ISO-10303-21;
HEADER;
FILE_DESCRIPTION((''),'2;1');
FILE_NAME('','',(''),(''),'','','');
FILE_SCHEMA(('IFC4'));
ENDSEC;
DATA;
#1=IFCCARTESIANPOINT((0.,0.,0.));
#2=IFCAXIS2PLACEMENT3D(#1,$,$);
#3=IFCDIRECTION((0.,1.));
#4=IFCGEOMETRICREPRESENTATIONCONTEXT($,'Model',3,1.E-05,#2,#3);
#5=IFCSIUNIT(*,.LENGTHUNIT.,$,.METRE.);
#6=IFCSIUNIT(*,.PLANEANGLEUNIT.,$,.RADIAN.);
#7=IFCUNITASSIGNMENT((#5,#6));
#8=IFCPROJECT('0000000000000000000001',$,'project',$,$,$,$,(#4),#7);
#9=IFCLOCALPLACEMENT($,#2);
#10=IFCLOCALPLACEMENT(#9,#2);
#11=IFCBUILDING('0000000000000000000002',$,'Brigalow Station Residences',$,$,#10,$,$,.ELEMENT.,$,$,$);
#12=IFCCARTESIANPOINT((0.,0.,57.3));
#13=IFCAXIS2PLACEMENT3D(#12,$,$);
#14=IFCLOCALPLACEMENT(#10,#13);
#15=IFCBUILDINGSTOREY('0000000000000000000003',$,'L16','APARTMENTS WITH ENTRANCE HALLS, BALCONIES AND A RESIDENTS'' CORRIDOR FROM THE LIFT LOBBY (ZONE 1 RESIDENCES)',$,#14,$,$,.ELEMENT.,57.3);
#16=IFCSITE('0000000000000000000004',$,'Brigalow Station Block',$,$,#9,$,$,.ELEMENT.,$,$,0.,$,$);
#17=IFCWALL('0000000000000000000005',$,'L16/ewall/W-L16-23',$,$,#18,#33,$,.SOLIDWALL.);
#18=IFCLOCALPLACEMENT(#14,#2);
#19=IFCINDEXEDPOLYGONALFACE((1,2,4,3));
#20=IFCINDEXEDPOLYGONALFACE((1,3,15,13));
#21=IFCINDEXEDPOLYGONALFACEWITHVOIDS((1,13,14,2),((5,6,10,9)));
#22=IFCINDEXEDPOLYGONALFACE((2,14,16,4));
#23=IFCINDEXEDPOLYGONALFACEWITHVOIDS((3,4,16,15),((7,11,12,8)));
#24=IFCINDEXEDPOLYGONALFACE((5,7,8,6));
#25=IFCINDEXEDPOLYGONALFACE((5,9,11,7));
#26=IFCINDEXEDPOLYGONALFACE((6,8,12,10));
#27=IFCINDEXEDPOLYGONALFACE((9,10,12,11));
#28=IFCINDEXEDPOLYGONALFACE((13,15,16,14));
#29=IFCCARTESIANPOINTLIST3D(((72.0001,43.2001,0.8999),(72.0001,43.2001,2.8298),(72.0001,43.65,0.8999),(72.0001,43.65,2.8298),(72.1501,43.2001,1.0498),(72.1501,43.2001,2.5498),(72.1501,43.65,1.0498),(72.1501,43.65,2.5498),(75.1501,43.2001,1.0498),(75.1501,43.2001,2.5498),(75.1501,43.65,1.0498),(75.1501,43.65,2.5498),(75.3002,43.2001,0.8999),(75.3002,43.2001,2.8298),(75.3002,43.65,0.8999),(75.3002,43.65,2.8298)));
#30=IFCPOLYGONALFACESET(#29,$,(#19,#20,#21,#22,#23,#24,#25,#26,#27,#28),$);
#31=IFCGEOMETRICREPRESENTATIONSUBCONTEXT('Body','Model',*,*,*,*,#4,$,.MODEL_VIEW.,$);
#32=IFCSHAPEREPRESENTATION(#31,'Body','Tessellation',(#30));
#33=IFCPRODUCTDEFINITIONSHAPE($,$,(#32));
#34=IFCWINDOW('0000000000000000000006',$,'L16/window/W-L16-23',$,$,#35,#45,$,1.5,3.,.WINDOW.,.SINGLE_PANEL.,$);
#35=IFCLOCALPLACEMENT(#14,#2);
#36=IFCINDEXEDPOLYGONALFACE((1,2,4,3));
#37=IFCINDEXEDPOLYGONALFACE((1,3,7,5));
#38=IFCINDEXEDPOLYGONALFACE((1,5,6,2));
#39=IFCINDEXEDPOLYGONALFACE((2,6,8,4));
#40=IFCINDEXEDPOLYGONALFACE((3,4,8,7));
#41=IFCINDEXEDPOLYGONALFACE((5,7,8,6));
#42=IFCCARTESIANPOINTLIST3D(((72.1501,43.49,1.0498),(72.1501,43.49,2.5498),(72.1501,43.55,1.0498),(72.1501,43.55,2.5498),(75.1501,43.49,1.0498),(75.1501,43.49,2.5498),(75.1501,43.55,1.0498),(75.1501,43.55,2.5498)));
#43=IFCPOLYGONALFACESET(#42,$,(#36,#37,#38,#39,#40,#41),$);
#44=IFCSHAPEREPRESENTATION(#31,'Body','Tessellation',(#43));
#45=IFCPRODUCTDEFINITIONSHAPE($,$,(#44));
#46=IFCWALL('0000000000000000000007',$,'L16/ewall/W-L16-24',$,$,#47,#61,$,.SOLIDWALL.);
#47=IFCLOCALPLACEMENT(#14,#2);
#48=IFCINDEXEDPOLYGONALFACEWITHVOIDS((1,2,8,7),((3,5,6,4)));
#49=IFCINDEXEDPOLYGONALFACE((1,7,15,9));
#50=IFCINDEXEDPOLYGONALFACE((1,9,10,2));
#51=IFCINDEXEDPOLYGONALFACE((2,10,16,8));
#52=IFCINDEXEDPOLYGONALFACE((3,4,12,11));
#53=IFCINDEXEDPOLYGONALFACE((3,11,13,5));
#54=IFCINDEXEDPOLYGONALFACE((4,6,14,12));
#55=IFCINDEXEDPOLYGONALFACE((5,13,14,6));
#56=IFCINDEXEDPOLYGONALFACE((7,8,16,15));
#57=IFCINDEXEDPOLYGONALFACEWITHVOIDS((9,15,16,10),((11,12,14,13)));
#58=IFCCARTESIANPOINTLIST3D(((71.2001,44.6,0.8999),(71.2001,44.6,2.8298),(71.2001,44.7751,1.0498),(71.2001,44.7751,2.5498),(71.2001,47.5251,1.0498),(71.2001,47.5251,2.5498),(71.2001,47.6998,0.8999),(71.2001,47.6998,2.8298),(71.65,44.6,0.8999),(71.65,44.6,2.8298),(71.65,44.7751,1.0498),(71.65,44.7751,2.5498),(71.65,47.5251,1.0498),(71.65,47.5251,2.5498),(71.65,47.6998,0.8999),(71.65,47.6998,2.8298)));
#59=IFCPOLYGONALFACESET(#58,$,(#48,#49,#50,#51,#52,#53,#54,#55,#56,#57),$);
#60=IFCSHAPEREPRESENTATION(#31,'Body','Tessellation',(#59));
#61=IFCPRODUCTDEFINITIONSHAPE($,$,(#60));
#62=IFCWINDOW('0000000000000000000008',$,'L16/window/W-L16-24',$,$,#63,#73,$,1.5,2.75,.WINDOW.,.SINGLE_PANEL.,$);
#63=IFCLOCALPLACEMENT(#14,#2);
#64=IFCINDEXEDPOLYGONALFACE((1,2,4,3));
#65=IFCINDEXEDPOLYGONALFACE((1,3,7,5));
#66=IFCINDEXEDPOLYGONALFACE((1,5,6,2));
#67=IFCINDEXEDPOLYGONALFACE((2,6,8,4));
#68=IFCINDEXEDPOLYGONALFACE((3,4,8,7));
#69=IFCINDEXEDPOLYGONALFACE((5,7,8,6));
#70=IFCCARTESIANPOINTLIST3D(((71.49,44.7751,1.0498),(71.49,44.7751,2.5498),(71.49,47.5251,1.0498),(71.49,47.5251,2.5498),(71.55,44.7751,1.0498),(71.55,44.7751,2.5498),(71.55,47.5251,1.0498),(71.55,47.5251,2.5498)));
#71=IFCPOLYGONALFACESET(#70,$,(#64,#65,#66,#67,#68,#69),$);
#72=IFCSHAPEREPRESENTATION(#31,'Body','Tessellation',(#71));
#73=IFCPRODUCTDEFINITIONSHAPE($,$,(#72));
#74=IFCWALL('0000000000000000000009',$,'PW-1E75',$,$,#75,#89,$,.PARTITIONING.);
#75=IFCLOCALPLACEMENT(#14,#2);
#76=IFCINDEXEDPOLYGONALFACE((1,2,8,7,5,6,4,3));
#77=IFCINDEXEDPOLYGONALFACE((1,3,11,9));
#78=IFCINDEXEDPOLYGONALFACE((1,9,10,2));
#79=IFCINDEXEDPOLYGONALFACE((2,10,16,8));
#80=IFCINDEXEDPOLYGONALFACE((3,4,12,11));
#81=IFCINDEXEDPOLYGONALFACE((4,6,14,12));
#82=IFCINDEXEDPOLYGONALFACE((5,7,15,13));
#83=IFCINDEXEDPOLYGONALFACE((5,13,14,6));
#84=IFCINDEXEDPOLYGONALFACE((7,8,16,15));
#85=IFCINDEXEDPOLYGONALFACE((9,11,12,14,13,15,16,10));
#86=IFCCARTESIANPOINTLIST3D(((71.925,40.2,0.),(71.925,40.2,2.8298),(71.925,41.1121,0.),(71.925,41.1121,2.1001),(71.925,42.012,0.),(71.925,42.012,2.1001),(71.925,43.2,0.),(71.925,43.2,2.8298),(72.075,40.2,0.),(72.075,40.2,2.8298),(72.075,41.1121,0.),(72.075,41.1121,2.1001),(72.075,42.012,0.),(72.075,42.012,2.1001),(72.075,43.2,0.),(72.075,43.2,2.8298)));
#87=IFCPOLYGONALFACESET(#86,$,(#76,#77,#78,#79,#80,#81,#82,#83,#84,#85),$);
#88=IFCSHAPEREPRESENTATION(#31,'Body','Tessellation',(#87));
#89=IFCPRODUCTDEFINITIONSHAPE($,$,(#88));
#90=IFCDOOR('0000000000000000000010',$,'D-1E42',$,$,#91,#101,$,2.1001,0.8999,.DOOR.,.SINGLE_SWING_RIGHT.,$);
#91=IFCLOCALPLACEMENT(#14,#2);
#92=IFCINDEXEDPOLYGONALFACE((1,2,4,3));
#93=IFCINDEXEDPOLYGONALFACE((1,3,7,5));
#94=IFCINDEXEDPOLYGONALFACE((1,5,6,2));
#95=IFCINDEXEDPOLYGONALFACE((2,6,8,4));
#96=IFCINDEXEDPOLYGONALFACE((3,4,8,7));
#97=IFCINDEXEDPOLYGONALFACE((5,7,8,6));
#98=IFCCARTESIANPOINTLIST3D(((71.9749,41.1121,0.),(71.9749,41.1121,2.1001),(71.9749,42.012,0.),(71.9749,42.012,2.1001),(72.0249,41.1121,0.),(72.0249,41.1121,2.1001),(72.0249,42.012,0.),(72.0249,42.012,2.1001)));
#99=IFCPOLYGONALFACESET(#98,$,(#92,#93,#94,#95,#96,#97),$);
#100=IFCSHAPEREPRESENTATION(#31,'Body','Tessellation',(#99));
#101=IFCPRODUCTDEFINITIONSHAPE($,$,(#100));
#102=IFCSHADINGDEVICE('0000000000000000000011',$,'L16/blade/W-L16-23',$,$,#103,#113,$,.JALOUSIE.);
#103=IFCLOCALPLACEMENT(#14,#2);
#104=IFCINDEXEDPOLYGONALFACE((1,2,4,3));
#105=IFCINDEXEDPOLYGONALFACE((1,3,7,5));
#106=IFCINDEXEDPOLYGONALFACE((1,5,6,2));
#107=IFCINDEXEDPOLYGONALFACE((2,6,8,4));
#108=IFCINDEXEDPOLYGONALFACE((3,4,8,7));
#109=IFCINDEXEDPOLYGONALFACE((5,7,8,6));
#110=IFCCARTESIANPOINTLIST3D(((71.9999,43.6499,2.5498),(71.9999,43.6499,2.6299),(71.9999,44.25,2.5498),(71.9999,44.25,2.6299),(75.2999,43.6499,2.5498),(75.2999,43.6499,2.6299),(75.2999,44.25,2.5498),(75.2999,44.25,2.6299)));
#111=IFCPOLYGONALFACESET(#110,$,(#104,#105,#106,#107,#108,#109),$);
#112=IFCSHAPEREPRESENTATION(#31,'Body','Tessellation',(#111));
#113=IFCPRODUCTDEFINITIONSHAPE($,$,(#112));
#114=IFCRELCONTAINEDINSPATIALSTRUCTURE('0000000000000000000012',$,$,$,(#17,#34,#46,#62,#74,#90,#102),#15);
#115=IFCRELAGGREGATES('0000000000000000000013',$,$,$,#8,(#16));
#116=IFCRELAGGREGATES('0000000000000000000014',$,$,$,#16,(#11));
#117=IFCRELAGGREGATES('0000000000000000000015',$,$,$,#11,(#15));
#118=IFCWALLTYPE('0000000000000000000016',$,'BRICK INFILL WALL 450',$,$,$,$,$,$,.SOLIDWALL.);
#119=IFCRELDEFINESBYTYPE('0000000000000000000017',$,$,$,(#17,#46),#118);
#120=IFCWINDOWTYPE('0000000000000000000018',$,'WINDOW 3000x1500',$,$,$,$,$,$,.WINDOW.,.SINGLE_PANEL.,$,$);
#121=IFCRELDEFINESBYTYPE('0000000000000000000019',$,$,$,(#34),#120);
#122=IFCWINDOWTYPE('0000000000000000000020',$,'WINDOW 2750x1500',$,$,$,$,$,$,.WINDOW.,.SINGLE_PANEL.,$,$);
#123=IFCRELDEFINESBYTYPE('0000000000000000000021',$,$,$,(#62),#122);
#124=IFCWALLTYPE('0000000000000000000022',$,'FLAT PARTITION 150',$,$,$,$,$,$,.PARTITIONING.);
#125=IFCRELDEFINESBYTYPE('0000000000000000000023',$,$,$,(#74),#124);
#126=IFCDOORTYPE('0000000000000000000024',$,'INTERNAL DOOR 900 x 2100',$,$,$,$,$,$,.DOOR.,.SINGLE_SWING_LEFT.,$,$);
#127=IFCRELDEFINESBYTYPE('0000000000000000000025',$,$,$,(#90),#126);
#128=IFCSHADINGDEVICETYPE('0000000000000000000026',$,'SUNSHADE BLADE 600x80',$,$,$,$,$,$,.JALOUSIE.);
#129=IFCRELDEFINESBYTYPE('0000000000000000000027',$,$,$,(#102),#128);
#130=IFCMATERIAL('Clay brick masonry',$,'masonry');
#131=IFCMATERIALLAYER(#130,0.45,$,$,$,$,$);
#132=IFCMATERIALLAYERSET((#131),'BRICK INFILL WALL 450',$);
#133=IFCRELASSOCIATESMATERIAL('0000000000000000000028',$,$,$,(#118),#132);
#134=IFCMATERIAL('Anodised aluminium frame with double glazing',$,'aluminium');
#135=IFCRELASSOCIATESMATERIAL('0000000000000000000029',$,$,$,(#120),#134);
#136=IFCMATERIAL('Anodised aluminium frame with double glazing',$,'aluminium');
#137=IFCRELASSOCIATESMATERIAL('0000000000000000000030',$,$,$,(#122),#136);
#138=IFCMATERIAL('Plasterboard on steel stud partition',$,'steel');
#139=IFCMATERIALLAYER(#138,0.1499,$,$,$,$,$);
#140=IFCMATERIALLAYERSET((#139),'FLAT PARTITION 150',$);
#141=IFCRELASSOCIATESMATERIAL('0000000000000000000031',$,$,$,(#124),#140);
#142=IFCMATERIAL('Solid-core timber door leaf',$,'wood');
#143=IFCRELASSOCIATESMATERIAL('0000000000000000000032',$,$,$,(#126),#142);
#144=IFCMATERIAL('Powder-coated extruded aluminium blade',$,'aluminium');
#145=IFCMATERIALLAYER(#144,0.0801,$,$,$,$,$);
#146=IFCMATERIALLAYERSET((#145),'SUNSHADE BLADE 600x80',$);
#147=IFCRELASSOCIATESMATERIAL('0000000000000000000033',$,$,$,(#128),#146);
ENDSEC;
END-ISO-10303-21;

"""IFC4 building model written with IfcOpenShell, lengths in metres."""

from ifc_helpers import new_model, si_unit, direction, frame, frame_2d, origin, origin_2d, place, context, subcontext, project, spatial, rectangle, extrude, material, layer, layer_set, type_object, element, fill, save


model = new_model("IFC4")

# Units and contexts
model_context = context("Model", 3, precision=1e-05, world=origin(), true_north=direction((0.0, 1.0)))
body_context = subcontext(model_context, "Body", "Model", "MODEL_VIEW")
ifc_project = project(units=[si_unit("LENGTHUNIT", "METRE"), si_unit("PLANEANGLEUNIT", "RADIAN")], contexts=[model_context])

# Site, building, storey
site_placement = place(None, origin())
site = spatial("IfcSite", under=ifc_project, at=site_placement, Name="Brigalow Station Block", CompositionType="ELEMENT", RefElevation=0.0)
building_placement = place(site_placement, origin())
building = spatial("IfcBuilding", under=site, at=building_placement, Name="Brigalow Station Residences", CompositionType="ELEMENT")
storey_placement = place(building_placement, frame((0.0, 0.0, 57.3)))
storey = spatial("IfcBuildingStorey", under=building, at=storey_placement, Name="L16", Description="APARTMENTS WITH ENTRANCE HALLS, BALCONIES AND A RESIDENTS' CORRIDOR FROM THE LIFT LOBBY (ZONE 1 RESIDENCES)", CompositionType="ELEMENT", Elevation=57.3)

# Walls, openings, windows
ifc_material_1 = material(Name="Clay brick masonry", Category="masonry")
ifc_layer_1 = layer(ifc_material_1, 0.45)
ifc_layer_set_1 = layer_set([ifc_layer_1], Name="BRICK INFILL WALL 450")
wall_type_1 = type_object("IfcWallType", Name="BRICK INFILL WALL 450", PredefinedType="SOLIDWALL", material=ifc_layer_set_1)
wall_1_placement = place(storey_placement, frame((75.3, 43.425, 0.8999), z_axis=(0.0, 0.0, 1.0), x_axis=(-1.0, 0.0, 0.0)))
wall_1 = element("IfcWall", 1, at=wall_1_placement, inside=storey, type_object=wall_type_1, Name="L16/ewall/W-L16-23", PredefinedType="SOLIDWALL", context=body_context, shape_type="SweptSolid", body=[
    extrude(rectangle(XDim=3.3, YDim=0.45, at=frame_2d((1.6499, 0.0))), origin(), (0.0, 0.0, 1.0), 1.9299),
])
opening_1_placement = place(wall_1_placement, frame((0.1499, 0.0, 0.1499)))
opening_1 = element("IfcOpeningElement", 2, at=opening_1_placement, cuts=wall_1, PredefinedType="OPENING", context=body_context, shape_type="SweptSolid", body=[
    extrude(rectangle(XDim=3.0, YDim=1.5, at=frame_2d((1.5, 0.75))), frame((0.0, 0.2349, 0.0), z_axis=(0.0, -1.0, 0.0), x_axis=(1.0, 0.0, 0.0)), (0.0, 0.0, 1.0), 0.47),
])
ifc_material_2 = material(Name="Anodised aluminium frame with double glazing", Category="aluminium")
window_type_1 = type_object("IfcWindowType", Name="WINDOW 3000x1500", PartitioningType="SINGLE_PANEL", PredefinedType="WINDOW", material=ifc_material_2)
window_1_placement = place(opening_1_placement, origin())
window_1 = element("IfcWindow", 3, at=window_1_placement, inside=storey, type_object=window_type_1, Name="L16/window/W-L16-23", OverallHeight=1.5, OverallWidth=3.0, PartitioningType="SINGLE_PANEL", PredefinedType="WINDOW", context=body_context, shape_type="SweptSolid", body=[
    extrude(rectangle(XDim=3.0, YDim=1.5, at=frame_2d((1.5, 0.75))), frame((0.0, -0.0649, 0.0), z_axis=(0.0, -1.0, 0.0), x_axis=(1.0, 0.0, 0.0)), (0.0, 0.0, 1.0), 0.0601),
])
fill(opening_1, window_1)
wall_2_placement = place(storey_placement, frame((71.425, 44.6001, 0.8999), z_axis=(0.0, 0.0, 1.0), x_axis=(0.0, 1.0, 0.0)))
wall_2 = element("IfcWall", 4, at=wall_2_placement, inside=storey, type_object=wall_type_1, Name="L16/ewall/W-L16-24", PredefinedType="SOLIDWALL", context=body_context, shape_type="SweptSolid", body=[
    extrude(rectangle(XDim=3.0999, YDim=0.45, at=frame_2d((1.5498, 0.0))), origin(), (0.0, 0.0, 1.0), 1.9299),
])
opening_2_placement = place(wall_2_placement, frame((0.175, 0.0, 0.1499)))
opening_2 = element("IfcOpeningElement", 5, at=opening_2_placement, cuts=wall_2, PredefinedType="OPENING", context=body_context, shape_type="SweptSolid", body=[
    extrude(rectangle(XDim=2.75, YDim=1.5, at=frame_2d((1.375, 0.75))), frame((0.0, 0.2349, 0.0), z_axis=(0.0, -1.0, 0.0), x_axis=(1.0, 0.0, 0.0)), (0.0, 0.0, 1.0), 0.47),
])
ifc_material_3 = material(Name="Anodised aluminium frame with double glazing", Category="aluminium")
window_type_2 = type_object("IfcWindowType", Name="WINDOW 2750x1500", PartitioningType="SINGLE_PANEL", PredefinedType="WINDOW", material=ifc_material_3)
window_2_placement = place(opening_2_placement, origin())
window_2 = element("IfcWindow", 6, at=window_2_placement, inside=storey, type_object=window_type_2, Name="L16/window/W-L16-24", OverallHeight=1.5, OverallWidth=2.75, PartitioningType="SINGLE_PANEL", PredefinedType="WINDOW", context=body_context, shape_type="SweptSolid", body=[
    extrude(rectangle(XDim=2.75, YDim=1.5, at=frame_2d((1.375, 0.75))), frame((0.0, -0.0649, 0.0), z_axis=(0.0, -1.0, 0.0), x_axis=(1.0, 0.0, 0.0)), (0.0, 0.0, 1.0), 0.0601),
])
fill(opening_2, window_2)

# Wall, opening, door
ifc_material_4 = material(Name="Plasterboard on steel stud partition", Category="steel")
ifc_layer_2 = layer(ifc_material_4, 0.1499)
ifc_layer_set_2 = layer_set([ifc_layer_2], Name="FLAT PARTITION 150")
wall_type_2 = type_object("IfcWallType", Name="FLAT PARTITION 150", PredefinedType="PARTITIONING", material=ifc_layer_set_2)
wall_3_placement = place(storey_placement, frame((72.0, 40.2, 0.0), z_axis=(0.0, 0.0, 1.0), x_axis=(0.0, 1.0, 0.0)))
wall_3 = element("IfcWall", 7, at=wall_3_placement, inside=storey, type_object=wall_type_2, Name="PW-1E75", PredefinedType="PARTITIONING", context=body_context, shape_type="SweptSolid", body=[
    extrude(rectangle(XDim=3.0, YDim=0.1499, at=frame_2d((1.5, 0.0))), origin(), (0.0, 0.0, 1.0), 2.8298),
])
opening_3_placement = place(wall_3_placement, frame((0.9121, 0.0, 0.0)))
opening_3 = element("IfcOpeningElement", 8, at=opening_3_placement, cuts=wall_3, PredefinedType="OPENING", context=body_context, shape_type="SweptSolid", body=[
    extrude(rectangle(XDim=0.8999, YDim=2.1001, at=frame_2d((0.45, 1.05))), frame((0.0, 0.085, 0.0), z_axis=(0.0, -1.0, 0.0), x_axis=(1.0, 0.0, 0.0)), (0.0, 0.0, 1.0), 0.1699),
])
ifc_material_5 = material(Name="Solid-core timber door leaf", Category="wood")
door_type = type_object("IfcDoorType", Name="INTERNAL DOOR 900 x 2100", OperationType="SINGLE_SWING_LEFT", PredefinedType="DOOR", material=ifc_material_5)
door_placement = place(opening_3_placement, frame((0.8999, 0.0, 0.0), z_axis=(0.0, 0.0, 1.0), x_axis=(-1.0, 0.0, 0.0)))
door = element("IfcDoor", 9, at=door_placement, inside=storey, type_object=door_type, Name="D-1E42", OperationType="SINGLE_SWING_RIGHT", OverallHeight=2.1001, OverallWidth=0.8999, PredefinedType="DOOR", context=body_context, shape_type="SweptSolid", body=[
    extrude(rectangle(XDim=0.8999, YDim=2.1001, at=frame_2d((0.45, 1.05))), frame((0.0, 0.0249, 0.0), z_axis=(0.0, -1.0, 0.0), x_axis=(1.0, 0.0, 0.0)), (0.0, 0.0, 1.0), 0.05),
])
fill(opening_3, door)

# Shading device
ifc_material_6 = material(Name="Powder-coated extruded aluminium blade", Category="aluminium")
ifc_layer_3 = layer(ifc_material_6, 0.0801)
ifc_layer_set_3 = layer_set([ifc_layer_3], Name="SUNSHADE BLADE 600x80")
shading_device_type = type_object("IfcShadingDeviceType", Name="SUNSHADE BLADE 600x80", PredefinedType="JALOUSIE", material=ifc_layer_set_3)
shading_device_placement = place(storey_placement, frame((73.6499, 43.95, 2.5498), z_axis=(0.0, 0.0, 1.0), x_axis=(-1.0, 0.0, 0.0)))
element("IfcShadingDevice", 10, at=shading_device_placement, inside=storey, type_object=shading_device_type, Name="L16/blade/W-L16-23", PredefinedType="JALOUSIE", context=body_context, shape_type="SweptSolid", body=[
    extrude(rectangle(XDim=3.3, YDim=0.6001, at=origin_2d()), origin(), (0.0, 0.0, 1.0), 0.0801),
])

save(model, "model.ifc")
